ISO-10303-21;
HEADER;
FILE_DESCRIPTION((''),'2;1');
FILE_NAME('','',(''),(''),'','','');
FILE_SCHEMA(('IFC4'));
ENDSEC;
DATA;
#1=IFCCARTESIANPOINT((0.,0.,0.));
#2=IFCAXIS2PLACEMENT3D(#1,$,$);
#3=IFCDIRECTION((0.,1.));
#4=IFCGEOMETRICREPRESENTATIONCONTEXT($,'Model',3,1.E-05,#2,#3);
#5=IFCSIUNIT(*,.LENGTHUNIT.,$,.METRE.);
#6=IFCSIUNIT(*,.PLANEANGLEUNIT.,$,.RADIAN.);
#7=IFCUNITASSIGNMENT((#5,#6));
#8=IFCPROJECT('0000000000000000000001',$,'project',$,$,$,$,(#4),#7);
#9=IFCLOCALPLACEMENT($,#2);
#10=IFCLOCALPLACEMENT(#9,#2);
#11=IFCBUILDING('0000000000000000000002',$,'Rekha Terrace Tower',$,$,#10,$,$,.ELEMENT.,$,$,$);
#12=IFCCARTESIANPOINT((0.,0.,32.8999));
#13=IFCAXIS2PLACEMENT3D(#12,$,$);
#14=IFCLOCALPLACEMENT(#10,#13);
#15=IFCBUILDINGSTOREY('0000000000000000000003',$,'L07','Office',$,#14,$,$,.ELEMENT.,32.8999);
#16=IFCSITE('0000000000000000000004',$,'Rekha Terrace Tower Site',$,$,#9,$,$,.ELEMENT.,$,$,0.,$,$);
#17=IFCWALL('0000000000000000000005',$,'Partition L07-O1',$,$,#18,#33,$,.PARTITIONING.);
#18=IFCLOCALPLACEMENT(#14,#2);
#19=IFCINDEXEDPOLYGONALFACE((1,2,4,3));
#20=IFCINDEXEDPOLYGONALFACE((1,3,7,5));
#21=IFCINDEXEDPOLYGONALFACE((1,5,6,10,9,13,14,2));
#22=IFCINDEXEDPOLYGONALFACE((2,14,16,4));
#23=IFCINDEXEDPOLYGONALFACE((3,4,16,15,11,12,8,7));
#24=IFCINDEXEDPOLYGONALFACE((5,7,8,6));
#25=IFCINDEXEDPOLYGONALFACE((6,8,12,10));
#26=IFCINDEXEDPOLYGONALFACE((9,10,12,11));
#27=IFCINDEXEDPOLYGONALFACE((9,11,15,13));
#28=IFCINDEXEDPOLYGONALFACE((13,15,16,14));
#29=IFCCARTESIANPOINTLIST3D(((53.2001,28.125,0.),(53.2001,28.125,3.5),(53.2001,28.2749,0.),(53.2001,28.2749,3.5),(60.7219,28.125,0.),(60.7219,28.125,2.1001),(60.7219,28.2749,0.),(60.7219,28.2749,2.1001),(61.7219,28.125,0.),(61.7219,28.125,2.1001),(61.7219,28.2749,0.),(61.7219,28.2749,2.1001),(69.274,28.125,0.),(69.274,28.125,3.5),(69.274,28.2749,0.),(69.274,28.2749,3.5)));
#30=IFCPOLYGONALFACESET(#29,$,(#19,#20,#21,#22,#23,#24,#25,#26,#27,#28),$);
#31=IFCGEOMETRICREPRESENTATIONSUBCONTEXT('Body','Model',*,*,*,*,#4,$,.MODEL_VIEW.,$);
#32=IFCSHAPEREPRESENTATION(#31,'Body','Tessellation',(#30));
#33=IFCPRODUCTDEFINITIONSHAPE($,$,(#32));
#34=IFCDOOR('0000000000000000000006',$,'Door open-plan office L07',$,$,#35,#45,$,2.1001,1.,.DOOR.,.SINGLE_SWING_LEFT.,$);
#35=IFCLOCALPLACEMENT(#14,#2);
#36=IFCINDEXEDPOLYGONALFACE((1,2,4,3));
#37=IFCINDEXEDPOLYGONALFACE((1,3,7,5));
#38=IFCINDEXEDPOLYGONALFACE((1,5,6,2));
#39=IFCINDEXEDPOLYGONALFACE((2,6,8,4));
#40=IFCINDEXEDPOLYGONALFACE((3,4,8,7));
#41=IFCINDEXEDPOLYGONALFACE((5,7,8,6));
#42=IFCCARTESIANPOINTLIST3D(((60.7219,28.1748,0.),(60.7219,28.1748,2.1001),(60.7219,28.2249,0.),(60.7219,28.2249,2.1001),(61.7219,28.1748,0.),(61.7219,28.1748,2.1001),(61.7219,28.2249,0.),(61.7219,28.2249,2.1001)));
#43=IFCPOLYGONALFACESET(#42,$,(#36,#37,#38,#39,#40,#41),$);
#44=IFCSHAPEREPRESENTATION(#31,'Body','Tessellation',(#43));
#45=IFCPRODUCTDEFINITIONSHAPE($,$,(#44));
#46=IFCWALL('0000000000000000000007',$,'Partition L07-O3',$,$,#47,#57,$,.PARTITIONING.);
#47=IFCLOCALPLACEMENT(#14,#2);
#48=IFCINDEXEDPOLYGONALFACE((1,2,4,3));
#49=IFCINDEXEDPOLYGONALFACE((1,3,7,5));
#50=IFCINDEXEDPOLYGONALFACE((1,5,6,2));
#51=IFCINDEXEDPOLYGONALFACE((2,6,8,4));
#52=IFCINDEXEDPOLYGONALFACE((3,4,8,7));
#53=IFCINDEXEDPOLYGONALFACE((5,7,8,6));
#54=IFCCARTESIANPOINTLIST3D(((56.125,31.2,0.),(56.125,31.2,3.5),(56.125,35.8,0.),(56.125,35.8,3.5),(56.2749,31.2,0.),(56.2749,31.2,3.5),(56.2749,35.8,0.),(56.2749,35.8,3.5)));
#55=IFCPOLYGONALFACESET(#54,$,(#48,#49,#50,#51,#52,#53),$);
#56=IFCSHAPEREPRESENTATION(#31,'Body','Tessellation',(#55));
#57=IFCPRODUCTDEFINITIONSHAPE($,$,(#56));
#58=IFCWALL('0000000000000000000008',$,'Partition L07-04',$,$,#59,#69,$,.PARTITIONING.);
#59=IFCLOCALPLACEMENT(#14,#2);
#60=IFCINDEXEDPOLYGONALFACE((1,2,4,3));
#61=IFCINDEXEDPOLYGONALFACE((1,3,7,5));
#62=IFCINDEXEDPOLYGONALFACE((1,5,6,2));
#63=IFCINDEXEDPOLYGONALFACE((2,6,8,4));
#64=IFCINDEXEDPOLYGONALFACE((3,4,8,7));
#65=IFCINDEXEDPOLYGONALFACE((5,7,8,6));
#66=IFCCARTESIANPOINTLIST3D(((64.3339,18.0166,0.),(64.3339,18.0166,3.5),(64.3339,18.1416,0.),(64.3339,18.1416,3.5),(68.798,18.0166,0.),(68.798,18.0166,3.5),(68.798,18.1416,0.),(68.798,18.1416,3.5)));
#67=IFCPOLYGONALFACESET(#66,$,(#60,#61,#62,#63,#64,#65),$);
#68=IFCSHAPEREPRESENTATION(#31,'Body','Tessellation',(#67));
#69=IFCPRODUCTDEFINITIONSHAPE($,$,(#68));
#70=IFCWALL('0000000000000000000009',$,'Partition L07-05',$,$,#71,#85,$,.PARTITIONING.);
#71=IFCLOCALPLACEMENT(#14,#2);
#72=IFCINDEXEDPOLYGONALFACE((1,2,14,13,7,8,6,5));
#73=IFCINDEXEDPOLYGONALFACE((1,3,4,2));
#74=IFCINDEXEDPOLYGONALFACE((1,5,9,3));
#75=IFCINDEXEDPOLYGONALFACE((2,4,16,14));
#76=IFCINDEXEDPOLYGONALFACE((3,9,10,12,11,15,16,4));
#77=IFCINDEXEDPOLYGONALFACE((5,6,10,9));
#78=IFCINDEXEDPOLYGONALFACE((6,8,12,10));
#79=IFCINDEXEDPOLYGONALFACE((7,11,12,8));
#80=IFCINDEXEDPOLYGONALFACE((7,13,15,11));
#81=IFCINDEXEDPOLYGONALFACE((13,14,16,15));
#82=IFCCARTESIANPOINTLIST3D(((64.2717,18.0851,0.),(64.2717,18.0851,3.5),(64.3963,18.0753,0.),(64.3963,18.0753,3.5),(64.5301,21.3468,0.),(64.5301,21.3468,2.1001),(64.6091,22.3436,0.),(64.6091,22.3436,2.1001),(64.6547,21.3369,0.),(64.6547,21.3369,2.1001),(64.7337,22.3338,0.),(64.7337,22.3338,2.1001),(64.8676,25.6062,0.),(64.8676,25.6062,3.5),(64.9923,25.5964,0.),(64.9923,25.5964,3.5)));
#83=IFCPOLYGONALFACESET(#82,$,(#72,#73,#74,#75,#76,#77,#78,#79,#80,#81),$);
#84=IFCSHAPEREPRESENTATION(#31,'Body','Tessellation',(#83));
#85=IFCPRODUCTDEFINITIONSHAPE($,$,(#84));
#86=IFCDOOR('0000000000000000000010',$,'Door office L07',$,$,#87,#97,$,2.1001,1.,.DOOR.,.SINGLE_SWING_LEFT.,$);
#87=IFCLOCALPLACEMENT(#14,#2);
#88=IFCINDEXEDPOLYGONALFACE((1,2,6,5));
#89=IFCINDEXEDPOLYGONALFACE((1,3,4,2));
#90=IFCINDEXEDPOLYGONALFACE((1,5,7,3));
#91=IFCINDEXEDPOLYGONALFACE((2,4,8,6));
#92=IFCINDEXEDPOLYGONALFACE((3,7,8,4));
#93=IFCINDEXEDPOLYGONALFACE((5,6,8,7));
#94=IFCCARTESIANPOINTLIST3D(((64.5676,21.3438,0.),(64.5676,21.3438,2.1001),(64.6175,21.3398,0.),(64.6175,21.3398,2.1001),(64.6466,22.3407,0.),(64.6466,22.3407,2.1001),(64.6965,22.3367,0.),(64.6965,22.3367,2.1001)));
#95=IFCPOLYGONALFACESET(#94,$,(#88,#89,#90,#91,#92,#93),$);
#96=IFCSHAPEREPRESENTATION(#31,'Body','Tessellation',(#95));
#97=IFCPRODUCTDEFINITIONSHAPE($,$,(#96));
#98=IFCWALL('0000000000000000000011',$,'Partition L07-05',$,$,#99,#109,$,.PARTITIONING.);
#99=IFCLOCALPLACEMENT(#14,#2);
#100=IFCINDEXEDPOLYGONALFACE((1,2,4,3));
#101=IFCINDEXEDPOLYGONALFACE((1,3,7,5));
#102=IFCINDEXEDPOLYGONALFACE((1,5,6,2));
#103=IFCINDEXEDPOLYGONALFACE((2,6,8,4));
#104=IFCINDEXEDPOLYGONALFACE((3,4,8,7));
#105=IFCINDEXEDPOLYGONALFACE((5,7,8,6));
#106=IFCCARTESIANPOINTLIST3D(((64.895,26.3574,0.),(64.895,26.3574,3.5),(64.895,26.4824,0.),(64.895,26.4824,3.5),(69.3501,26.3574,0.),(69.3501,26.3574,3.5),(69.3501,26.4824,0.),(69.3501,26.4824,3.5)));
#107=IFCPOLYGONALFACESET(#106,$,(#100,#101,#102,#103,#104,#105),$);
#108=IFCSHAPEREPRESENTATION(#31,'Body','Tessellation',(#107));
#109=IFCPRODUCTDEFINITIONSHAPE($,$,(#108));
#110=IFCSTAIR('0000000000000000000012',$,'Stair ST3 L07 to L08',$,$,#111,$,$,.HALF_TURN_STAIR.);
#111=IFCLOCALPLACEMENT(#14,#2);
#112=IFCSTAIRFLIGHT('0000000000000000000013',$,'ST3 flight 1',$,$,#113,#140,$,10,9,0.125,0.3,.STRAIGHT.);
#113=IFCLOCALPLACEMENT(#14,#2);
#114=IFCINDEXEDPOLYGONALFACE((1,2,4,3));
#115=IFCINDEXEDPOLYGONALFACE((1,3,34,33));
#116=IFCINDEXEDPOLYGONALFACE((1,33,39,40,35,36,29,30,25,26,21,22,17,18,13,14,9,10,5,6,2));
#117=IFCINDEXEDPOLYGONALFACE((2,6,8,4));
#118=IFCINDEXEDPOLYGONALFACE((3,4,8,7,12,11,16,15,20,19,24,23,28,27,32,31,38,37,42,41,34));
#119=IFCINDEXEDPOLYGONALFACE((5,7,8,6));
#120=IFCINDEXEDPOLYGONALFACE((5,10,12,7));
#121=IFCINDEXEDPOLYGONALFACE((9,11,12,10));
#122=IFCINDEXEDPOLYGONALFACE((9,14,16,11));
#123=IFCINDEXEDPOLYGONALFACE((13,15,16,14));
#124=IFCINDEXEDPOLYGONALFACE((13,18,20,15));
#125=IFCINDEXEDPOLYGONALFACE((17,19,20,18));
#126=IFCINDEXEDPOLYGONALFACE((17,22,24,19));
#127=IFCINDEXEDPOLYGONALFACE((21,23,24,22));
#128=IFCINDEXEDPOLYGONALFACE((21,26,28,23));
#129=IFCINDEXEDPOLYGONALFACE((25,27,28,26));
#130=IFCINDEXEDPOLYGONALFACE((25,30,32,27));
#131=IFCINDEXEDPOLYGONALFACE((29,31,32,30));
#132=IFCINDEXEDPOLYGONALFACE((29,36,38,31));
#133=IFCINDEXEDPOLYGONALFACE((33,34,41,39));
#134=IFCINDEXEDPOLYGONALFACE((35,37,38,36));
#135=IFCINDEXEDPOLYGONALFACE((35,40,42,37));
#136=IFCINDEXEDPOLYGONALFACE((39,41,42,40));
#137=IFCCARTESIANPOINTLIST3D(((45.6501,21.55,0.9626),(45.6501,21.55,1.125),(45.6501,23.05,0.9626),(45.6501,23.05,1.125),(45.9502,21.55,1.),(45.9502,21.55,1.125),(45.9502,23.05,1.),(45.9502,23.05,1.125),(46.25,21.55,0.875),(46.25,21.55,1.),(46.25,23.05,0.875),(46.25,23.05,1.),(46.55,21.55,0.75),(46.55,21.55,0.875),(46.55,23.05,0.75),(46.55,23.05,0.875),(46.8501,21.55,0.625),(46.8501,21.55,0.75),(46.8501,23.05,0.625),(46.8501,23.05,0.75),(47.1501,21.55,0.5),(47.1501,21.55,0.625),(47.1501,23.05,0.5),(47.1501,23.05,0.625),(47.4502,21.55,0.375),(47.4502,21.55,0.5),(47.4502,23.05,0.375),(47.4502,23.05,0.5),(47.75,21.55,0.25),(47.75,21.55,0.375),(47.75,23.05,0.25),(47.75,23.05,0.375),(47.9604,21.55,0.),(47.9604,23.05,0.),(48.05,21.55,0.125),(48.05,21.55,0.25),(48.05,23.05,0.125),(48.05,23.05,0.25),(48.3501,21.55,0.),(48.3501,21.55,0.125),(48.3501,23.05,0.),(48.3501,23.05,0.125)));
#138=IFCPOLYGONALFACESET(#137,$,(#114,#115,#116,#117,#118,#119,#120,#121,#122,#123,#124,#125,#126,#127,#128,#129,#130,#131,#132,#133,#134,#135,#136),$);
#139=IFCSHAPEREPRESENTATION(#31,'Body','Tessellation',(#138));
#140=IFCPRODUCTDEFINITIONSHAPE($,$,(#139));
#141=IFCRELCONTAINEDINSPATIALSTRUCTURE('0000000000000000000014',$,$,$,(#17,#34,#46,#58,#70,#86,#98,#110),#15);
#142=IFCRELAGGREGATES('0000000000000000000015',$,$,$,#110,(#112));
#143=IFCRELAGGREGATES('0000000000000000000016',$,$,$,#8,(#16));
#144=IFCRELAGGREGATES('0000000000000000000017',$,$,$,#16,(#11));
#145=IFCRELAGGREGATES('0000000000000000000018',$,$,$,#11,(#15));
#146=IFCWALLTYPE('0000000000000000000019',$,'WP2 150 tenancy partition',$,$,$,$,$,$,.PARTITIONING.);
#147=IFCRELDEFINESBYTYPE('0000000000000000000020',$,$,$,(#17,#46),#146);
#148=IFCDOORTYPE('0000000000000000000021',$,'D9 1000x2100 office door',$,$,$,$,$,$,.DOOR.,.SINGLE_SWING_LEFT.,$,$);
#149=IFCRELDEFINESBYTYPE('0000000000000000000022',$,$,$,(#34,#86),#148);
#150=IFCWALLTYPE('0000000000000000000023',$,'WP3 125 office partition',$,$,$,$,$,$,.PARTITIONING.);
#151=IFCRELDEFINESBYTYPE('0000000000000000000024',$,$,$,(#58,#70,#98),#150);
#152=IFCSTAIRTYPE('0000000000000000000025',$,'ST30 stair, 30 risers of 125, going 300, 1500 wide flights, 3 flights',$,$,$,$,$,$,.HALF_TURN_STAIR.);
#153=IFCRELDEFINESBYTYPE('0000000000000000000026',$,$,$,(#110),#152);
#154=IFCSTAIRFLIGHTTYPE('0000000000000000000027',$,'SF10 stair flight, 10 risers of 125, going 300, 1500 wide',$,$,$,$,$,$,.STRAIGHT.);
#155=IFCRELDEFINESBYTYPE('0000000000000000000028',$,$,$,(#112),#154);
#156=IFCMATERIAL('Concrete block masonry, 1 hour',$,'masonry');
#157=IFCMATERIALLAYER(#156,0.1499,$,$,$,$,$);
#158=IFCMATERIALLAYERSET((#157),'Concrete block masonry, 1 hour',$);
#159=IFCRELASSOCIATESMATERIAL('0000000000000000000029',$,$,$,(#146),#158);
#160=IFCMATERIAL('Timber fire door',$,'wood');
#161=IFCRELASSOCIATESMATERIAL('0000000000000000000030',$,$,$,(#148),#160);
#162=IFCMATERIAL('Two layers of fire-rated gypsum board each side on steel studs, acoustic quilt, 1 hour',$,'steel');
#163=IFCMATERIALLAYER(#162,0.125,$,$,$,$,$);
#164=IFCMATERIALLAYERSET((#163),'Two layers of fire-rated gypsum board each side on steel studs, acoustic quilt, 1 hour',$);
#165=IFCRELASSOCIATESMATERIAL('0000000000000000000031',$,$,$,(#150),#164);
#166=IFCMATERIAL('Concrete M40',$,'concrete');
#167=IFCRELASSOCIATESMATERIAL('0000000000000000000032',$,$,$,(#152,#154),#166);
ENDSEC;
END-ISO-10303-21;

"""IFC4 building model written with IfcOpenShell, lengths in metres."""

from ifc_helpers import new_model, si_unit, direction, frame, frame_2d, origin, place, context, subcontext, project, spatial, polyline, rectangle, outline, extrude, material, layer, layer_set, type_object, element, fill, aggregate, save


model = new_model("IFC4")

# Units and contexts
model_context = context("Model", 3, precision=1e-05, world=origin(), true_north=direction((0.0, 1.0)))
body_context = subcontext(model_context, "Body", "Model", "MODEL_VIEW")
ifc_project = project(units=[si_unit("LENGTHUNIT", "METRE"), si_unit("PLANEANGLEUNIT", "RADIAN")], contexts=[model_context])

# Site, building, storey
site_placement = place(None, origin())
site = spatial("IfcSite", under=ifc_project, at=site_placement, Name="Rekha Terrace Tower Site", CompositionType="ELEMENT", RefElevation=0.0)
building_placement = place(site_placement, origin())
building = spatial("IfcBuilding", under=site, at=building_placement, Name="Rekha Terrace Tower", CompositionType="ELEMENT")
storey_placement = place(building_placement, frame((0.0, 0.0, 32.8999)))
storey = spatial("IfcBuildingStorey", under=building, at=storey_placement, Name="L07", Description="Office", CompositionType="ELEMENT", Elevation=32.8999)

# Shared definitions
ifc_material_1 = material(Name="Concrete block masonry, 1 hour", Category="masonry")
ifc_layer_1 = layer(ifc_material_1, 0.1499)
ifc_layer_set_1 = layer_set([ifc_layer_1], Name="Concrete block masonry, 1 hour")
wall_type_1 = type_object("IfcWallType", Name="WP2 150 tenancy partition", PredefinedType="PARTITIONING", material=ifc_layer_set_1)

# Wall, opening, door
wall_1_placement = place(storey_placement, frame((53.2, 28.2, 0.0), z_axis=(0.0, 0.0, 1.0), x_axis=(1.0, 0.0, 0.0)))
wall_1 = element("IfcWall", 1, at=wall_1_placement, inside=storey, type_object=wall_type_1, Name="Partition L07-O1", PredefinedType="PARTITIONING", context=body_context, shape_type="SweptSolid", body=[
    extrude(rectangle(XDim=16.074, YDim=0.1499, at=frame_2d((8.0371, 0.0))), origin(), (0.0, 0.0, 1.0), 3.5),
])
opening_1_placement = place(wall_1_placement, frame((7.522, 0.0, 0.0)))
opening_1 = element("IfcOpeningElement", 2, at=opening_1_placement, cuts=wall_1, PredefinedType="OPENING", context=body_context, shape_type="SweptSolid", body=[
    extrude(rectangle(XDim=1.0, YDim=2.1001, at=frame_2d((0.5, 1.05))), frame((0.0, 0.085, 0.0), z_axis=(0.0, -1.0, 0.0), x_axis=(1.0, 0.0, 0.0)), (0.0, 0.0, 1.0), 0.1699),
])
ifc_material_2 = material(Name="Timber fire door", Category="wood")
door_type_1 = type_object("IfcDoorType", Name="D9 1000x2100 office door", OperationType="SINGLE_SWING_LEFT", PredefinedType="DOOR", material=ifc_material_2)
door_1_placement = place(opening_1_placement, origin())
door_1 = element("IfcDoor", 3, at=door_1_placement, inside=storey, type_object=door_type_1, Name="Door open-plan office L07", OperationType="SINGLE_SWING_LEFT", OverallHeight=2.1001, OverallWidth=1.0, PredefinedType="DOOR", context=body_context, shape_type="SweptSolid", body=[
    extrude(rectangle(XDim=1.0, YDim=2.1001, at=frame_2d((0.5, 1.05))), frame((0.0, 0.0249, 0.0), z_axis=(0.0, -1.0, 0.0), x_axis=(1.0, 0.0, 0.0)), (0.0, 0.0, 1.0), 0.05),
])
fill(opening_1, door_1)

# Walls
wall_2_placement = place(storey_placement, frame((56.2, 31.2, 0.0), z_axis=(0.0, 0.0, 1.0), x_axis=(0.0, 1.0, 0.0)))
element("IfcWall", 4, at=wall_2_placement, inside=storey, type_object=wall_type_1, Name="Partition L07-O3", PredefinedType="PARTITIONING", context=body_context, shape_type="SweptSolid", body=[
    extrude(rectangle(XDim=4.6001, YDim=0.1499, at=frame_2d((2.3, 0.0))), origin(), (0.0, 0.0, 1.0), 3.5),
])
ifc_material_3 = material(Name="Two layers of fire-rated gypsum board each side on steel studs, acoustic quilt, 1 hour", Category="steel")
ifc_layer_2 = layer(ifc_material_3, 0.125)
ifc_layer_set_2 = layer_set([ifc_layer_2], Name="Two layers of fire-rated gypsum board each side on steel studs, acoustic quilt, 1 hour")
wall_type_2 = type_object("IfcWallType", Name="WP3 125 office partition", PredefinedType="PARTITIONING", material=ifc_layer_set_2)
wall_3_placement = place(storey_placement, frame((64.334, 18.0791, 0.0), z_axis=(0.0, 0.0, 1.0), x_axis=(1.0, 0.0, 0.0)))
element("IfcWall", 5, at=wall_3_placement, inside=storey, type_object=wall_type_2, Name="Partition L07-04", PredefinedType="PARTITIONING", context=body_context, shape_type="SweptSolid", body=[
    extrude(rectangle(XDim=4.4641, YDim=0.125, at=frame_2d((2.2319, 0.0))), origin(), (0.0, 0.0, 1.0), 3.5),
])

# Wall, opening, door
wall_4_placement = place(storey_placement, frame((64.334, 18.0801, 0.0), z_axis=(0.0, 0.0, 1.0), x_axis=(0.07899, 0.996875, 0.0)))
wall_4 = element("IfcWall", 6, at=wall_4_placement, inside=storey, type_object=wall_type_2, Name="Partition L07-05", PredefinedType="PARTITIONING", context=body_context, shape_type="SweptSolid", body=[
    extrude(rectangle(XDim=7.5447, YDim=0.125, at=frame_2d((3.7725, 0.0))), origin(), (0.0, 0.0, 1.0), 3.5),
])
opening_2_placement = place(wall_4_placement, frame((3.272, 0.0, 0.0)))
opening_2 = element("IfcOpeningElement", 7, at=opening_2_placement, cuts=wall_4, PredefinedType="OPENING", context=body_context, shape_type="SweptSolid", body=[
    extrude(rectangle(XDim=1.0, YDim=2.1001, at=frame_2d((0.5, 1.05))), frame((0.0, 0.0725, 0.0), z_axis=(0.0, -1.0, 0.0), x_axis=(1.0, 0.0, 0.0)), (0.0, 0.0, 1.0), 0.145),
])
door_2_placement = place(opening_2_placement, origin())
door_2 = element("IfcDoor", 8, at=door_2_placement, inside=storey, type_object=door_type_1, Name="Door office L07", OperationType="SINGLE_SWING_LEFT", OverallHeight=2.1001, OverallWidth=1.0, PredefinedType="DOOR", context=body_context, shape_type="SweptSolid", body=[
    extrude(rectangle(XDim=1.0, YDim=2.1001, at=frame_2d((0.5, 1.05))), frame((0.0, 0.0249, 0.0), z_axis=(0.0, -1.0, 0.0), x_axis=(1.0, 0.0, 0.0)), (0.0, 0.0, 1.0), 0.05),
])
fill(opening_2, door_2)

# Wall
wall_5_placement = place(storey_placement, frame((64.895, 26.4199, 0.0), z_axis=(0.0, 0.0, 1.0), x_axis=(1.0, 0.0, 0.0)))
element("IfcWall", 9, at=wall_5_placement, inside=storey, type_object=wall_type_2, Name="Partition L07-05", PredefinedType="PARTITIONING", context=body_context, shape_type="SweptSolid", body=[
    extrude(rectangle(XDim=4.4551, YDim=0.125, at=frame_2d((2.2275, 0.0))), origin(), (0.0, 0.0, 1.0), 3.5),
])

# Stair, stair flight
ifc_material_4 = material(Name="Concrete M40", Category="concrete")
stair_type = type_object("IfcStairType", Name="ST30 stair, 30 risers of 125, going 300, 1500 wide flights, 3 flights", PredefinedType="HALF_TURN_STAIR", material=ifc_material_4)
stair_placement = place(storey_placement, origin())
stair = element("IfcStair", 10, at=stair_placement, inside=storey, type_object=stair_type, Name="Stair ST3 L07 to L08", PredefinedType="HALF_TURN_STAIR")
stair_flight_type = type_object("IfcStairFlightType", Name="SF10 stair flight, 10 risers of 125, going 300, 1500 wide", PredefinedType="STRAIGHT", material=ifc_material_4)
stair_flight_placement = place(storey_placement, frame((48.3501, 22.3, 0.0), z_axis=(0.0, 0.0, 1.0), x_axis=(-1.0, 0.0, 0.0)))
stair_flight = element("IfcStairFlight", 11, at=stair_flight_placement, type_object=stair_flight_type, Name="ST3 flight 1", NumberOfRisers=10, NumberOfTreads=9, PredefinedType="STRAIGHT", RiserHeight=0.125, TreadLength=0.3, context=body_context, shape_type="SweptSolid", body=[
    extrude(outline(polyline([(0.0, 0.0), (0.0, 0.125), (0.3, 0.125), (0.3, 0.25), (0.6001, 0.25), (0.6001, 0.375), (0.8999, 0.375), (0.8999, 0.5), (1.2, 0.5), (1.2, 0.625), (1.5, 0.625), (1.5, 0.75), (1.8, 0.75), (1.8, 0.875), (2.1001, 0.875), (2.1001, 1.0), (2.3999, 1.0), (2.3999, 1.125), (2.7, 1.125), (2.7, 1.25), (2.7, 0.9626), (0.3896, 0.0), (0.0, 0.0)])), frame((0.0, 0.75, 0.0), z_axis=(0.0, -1.0, 0.0), x_axis=(1.0, 0.0, 0.0)), (0.0, 0.0, 1.0), 1.5),
])
aggregate(stair, [stair_flight])

save(model, "model.ifc")
